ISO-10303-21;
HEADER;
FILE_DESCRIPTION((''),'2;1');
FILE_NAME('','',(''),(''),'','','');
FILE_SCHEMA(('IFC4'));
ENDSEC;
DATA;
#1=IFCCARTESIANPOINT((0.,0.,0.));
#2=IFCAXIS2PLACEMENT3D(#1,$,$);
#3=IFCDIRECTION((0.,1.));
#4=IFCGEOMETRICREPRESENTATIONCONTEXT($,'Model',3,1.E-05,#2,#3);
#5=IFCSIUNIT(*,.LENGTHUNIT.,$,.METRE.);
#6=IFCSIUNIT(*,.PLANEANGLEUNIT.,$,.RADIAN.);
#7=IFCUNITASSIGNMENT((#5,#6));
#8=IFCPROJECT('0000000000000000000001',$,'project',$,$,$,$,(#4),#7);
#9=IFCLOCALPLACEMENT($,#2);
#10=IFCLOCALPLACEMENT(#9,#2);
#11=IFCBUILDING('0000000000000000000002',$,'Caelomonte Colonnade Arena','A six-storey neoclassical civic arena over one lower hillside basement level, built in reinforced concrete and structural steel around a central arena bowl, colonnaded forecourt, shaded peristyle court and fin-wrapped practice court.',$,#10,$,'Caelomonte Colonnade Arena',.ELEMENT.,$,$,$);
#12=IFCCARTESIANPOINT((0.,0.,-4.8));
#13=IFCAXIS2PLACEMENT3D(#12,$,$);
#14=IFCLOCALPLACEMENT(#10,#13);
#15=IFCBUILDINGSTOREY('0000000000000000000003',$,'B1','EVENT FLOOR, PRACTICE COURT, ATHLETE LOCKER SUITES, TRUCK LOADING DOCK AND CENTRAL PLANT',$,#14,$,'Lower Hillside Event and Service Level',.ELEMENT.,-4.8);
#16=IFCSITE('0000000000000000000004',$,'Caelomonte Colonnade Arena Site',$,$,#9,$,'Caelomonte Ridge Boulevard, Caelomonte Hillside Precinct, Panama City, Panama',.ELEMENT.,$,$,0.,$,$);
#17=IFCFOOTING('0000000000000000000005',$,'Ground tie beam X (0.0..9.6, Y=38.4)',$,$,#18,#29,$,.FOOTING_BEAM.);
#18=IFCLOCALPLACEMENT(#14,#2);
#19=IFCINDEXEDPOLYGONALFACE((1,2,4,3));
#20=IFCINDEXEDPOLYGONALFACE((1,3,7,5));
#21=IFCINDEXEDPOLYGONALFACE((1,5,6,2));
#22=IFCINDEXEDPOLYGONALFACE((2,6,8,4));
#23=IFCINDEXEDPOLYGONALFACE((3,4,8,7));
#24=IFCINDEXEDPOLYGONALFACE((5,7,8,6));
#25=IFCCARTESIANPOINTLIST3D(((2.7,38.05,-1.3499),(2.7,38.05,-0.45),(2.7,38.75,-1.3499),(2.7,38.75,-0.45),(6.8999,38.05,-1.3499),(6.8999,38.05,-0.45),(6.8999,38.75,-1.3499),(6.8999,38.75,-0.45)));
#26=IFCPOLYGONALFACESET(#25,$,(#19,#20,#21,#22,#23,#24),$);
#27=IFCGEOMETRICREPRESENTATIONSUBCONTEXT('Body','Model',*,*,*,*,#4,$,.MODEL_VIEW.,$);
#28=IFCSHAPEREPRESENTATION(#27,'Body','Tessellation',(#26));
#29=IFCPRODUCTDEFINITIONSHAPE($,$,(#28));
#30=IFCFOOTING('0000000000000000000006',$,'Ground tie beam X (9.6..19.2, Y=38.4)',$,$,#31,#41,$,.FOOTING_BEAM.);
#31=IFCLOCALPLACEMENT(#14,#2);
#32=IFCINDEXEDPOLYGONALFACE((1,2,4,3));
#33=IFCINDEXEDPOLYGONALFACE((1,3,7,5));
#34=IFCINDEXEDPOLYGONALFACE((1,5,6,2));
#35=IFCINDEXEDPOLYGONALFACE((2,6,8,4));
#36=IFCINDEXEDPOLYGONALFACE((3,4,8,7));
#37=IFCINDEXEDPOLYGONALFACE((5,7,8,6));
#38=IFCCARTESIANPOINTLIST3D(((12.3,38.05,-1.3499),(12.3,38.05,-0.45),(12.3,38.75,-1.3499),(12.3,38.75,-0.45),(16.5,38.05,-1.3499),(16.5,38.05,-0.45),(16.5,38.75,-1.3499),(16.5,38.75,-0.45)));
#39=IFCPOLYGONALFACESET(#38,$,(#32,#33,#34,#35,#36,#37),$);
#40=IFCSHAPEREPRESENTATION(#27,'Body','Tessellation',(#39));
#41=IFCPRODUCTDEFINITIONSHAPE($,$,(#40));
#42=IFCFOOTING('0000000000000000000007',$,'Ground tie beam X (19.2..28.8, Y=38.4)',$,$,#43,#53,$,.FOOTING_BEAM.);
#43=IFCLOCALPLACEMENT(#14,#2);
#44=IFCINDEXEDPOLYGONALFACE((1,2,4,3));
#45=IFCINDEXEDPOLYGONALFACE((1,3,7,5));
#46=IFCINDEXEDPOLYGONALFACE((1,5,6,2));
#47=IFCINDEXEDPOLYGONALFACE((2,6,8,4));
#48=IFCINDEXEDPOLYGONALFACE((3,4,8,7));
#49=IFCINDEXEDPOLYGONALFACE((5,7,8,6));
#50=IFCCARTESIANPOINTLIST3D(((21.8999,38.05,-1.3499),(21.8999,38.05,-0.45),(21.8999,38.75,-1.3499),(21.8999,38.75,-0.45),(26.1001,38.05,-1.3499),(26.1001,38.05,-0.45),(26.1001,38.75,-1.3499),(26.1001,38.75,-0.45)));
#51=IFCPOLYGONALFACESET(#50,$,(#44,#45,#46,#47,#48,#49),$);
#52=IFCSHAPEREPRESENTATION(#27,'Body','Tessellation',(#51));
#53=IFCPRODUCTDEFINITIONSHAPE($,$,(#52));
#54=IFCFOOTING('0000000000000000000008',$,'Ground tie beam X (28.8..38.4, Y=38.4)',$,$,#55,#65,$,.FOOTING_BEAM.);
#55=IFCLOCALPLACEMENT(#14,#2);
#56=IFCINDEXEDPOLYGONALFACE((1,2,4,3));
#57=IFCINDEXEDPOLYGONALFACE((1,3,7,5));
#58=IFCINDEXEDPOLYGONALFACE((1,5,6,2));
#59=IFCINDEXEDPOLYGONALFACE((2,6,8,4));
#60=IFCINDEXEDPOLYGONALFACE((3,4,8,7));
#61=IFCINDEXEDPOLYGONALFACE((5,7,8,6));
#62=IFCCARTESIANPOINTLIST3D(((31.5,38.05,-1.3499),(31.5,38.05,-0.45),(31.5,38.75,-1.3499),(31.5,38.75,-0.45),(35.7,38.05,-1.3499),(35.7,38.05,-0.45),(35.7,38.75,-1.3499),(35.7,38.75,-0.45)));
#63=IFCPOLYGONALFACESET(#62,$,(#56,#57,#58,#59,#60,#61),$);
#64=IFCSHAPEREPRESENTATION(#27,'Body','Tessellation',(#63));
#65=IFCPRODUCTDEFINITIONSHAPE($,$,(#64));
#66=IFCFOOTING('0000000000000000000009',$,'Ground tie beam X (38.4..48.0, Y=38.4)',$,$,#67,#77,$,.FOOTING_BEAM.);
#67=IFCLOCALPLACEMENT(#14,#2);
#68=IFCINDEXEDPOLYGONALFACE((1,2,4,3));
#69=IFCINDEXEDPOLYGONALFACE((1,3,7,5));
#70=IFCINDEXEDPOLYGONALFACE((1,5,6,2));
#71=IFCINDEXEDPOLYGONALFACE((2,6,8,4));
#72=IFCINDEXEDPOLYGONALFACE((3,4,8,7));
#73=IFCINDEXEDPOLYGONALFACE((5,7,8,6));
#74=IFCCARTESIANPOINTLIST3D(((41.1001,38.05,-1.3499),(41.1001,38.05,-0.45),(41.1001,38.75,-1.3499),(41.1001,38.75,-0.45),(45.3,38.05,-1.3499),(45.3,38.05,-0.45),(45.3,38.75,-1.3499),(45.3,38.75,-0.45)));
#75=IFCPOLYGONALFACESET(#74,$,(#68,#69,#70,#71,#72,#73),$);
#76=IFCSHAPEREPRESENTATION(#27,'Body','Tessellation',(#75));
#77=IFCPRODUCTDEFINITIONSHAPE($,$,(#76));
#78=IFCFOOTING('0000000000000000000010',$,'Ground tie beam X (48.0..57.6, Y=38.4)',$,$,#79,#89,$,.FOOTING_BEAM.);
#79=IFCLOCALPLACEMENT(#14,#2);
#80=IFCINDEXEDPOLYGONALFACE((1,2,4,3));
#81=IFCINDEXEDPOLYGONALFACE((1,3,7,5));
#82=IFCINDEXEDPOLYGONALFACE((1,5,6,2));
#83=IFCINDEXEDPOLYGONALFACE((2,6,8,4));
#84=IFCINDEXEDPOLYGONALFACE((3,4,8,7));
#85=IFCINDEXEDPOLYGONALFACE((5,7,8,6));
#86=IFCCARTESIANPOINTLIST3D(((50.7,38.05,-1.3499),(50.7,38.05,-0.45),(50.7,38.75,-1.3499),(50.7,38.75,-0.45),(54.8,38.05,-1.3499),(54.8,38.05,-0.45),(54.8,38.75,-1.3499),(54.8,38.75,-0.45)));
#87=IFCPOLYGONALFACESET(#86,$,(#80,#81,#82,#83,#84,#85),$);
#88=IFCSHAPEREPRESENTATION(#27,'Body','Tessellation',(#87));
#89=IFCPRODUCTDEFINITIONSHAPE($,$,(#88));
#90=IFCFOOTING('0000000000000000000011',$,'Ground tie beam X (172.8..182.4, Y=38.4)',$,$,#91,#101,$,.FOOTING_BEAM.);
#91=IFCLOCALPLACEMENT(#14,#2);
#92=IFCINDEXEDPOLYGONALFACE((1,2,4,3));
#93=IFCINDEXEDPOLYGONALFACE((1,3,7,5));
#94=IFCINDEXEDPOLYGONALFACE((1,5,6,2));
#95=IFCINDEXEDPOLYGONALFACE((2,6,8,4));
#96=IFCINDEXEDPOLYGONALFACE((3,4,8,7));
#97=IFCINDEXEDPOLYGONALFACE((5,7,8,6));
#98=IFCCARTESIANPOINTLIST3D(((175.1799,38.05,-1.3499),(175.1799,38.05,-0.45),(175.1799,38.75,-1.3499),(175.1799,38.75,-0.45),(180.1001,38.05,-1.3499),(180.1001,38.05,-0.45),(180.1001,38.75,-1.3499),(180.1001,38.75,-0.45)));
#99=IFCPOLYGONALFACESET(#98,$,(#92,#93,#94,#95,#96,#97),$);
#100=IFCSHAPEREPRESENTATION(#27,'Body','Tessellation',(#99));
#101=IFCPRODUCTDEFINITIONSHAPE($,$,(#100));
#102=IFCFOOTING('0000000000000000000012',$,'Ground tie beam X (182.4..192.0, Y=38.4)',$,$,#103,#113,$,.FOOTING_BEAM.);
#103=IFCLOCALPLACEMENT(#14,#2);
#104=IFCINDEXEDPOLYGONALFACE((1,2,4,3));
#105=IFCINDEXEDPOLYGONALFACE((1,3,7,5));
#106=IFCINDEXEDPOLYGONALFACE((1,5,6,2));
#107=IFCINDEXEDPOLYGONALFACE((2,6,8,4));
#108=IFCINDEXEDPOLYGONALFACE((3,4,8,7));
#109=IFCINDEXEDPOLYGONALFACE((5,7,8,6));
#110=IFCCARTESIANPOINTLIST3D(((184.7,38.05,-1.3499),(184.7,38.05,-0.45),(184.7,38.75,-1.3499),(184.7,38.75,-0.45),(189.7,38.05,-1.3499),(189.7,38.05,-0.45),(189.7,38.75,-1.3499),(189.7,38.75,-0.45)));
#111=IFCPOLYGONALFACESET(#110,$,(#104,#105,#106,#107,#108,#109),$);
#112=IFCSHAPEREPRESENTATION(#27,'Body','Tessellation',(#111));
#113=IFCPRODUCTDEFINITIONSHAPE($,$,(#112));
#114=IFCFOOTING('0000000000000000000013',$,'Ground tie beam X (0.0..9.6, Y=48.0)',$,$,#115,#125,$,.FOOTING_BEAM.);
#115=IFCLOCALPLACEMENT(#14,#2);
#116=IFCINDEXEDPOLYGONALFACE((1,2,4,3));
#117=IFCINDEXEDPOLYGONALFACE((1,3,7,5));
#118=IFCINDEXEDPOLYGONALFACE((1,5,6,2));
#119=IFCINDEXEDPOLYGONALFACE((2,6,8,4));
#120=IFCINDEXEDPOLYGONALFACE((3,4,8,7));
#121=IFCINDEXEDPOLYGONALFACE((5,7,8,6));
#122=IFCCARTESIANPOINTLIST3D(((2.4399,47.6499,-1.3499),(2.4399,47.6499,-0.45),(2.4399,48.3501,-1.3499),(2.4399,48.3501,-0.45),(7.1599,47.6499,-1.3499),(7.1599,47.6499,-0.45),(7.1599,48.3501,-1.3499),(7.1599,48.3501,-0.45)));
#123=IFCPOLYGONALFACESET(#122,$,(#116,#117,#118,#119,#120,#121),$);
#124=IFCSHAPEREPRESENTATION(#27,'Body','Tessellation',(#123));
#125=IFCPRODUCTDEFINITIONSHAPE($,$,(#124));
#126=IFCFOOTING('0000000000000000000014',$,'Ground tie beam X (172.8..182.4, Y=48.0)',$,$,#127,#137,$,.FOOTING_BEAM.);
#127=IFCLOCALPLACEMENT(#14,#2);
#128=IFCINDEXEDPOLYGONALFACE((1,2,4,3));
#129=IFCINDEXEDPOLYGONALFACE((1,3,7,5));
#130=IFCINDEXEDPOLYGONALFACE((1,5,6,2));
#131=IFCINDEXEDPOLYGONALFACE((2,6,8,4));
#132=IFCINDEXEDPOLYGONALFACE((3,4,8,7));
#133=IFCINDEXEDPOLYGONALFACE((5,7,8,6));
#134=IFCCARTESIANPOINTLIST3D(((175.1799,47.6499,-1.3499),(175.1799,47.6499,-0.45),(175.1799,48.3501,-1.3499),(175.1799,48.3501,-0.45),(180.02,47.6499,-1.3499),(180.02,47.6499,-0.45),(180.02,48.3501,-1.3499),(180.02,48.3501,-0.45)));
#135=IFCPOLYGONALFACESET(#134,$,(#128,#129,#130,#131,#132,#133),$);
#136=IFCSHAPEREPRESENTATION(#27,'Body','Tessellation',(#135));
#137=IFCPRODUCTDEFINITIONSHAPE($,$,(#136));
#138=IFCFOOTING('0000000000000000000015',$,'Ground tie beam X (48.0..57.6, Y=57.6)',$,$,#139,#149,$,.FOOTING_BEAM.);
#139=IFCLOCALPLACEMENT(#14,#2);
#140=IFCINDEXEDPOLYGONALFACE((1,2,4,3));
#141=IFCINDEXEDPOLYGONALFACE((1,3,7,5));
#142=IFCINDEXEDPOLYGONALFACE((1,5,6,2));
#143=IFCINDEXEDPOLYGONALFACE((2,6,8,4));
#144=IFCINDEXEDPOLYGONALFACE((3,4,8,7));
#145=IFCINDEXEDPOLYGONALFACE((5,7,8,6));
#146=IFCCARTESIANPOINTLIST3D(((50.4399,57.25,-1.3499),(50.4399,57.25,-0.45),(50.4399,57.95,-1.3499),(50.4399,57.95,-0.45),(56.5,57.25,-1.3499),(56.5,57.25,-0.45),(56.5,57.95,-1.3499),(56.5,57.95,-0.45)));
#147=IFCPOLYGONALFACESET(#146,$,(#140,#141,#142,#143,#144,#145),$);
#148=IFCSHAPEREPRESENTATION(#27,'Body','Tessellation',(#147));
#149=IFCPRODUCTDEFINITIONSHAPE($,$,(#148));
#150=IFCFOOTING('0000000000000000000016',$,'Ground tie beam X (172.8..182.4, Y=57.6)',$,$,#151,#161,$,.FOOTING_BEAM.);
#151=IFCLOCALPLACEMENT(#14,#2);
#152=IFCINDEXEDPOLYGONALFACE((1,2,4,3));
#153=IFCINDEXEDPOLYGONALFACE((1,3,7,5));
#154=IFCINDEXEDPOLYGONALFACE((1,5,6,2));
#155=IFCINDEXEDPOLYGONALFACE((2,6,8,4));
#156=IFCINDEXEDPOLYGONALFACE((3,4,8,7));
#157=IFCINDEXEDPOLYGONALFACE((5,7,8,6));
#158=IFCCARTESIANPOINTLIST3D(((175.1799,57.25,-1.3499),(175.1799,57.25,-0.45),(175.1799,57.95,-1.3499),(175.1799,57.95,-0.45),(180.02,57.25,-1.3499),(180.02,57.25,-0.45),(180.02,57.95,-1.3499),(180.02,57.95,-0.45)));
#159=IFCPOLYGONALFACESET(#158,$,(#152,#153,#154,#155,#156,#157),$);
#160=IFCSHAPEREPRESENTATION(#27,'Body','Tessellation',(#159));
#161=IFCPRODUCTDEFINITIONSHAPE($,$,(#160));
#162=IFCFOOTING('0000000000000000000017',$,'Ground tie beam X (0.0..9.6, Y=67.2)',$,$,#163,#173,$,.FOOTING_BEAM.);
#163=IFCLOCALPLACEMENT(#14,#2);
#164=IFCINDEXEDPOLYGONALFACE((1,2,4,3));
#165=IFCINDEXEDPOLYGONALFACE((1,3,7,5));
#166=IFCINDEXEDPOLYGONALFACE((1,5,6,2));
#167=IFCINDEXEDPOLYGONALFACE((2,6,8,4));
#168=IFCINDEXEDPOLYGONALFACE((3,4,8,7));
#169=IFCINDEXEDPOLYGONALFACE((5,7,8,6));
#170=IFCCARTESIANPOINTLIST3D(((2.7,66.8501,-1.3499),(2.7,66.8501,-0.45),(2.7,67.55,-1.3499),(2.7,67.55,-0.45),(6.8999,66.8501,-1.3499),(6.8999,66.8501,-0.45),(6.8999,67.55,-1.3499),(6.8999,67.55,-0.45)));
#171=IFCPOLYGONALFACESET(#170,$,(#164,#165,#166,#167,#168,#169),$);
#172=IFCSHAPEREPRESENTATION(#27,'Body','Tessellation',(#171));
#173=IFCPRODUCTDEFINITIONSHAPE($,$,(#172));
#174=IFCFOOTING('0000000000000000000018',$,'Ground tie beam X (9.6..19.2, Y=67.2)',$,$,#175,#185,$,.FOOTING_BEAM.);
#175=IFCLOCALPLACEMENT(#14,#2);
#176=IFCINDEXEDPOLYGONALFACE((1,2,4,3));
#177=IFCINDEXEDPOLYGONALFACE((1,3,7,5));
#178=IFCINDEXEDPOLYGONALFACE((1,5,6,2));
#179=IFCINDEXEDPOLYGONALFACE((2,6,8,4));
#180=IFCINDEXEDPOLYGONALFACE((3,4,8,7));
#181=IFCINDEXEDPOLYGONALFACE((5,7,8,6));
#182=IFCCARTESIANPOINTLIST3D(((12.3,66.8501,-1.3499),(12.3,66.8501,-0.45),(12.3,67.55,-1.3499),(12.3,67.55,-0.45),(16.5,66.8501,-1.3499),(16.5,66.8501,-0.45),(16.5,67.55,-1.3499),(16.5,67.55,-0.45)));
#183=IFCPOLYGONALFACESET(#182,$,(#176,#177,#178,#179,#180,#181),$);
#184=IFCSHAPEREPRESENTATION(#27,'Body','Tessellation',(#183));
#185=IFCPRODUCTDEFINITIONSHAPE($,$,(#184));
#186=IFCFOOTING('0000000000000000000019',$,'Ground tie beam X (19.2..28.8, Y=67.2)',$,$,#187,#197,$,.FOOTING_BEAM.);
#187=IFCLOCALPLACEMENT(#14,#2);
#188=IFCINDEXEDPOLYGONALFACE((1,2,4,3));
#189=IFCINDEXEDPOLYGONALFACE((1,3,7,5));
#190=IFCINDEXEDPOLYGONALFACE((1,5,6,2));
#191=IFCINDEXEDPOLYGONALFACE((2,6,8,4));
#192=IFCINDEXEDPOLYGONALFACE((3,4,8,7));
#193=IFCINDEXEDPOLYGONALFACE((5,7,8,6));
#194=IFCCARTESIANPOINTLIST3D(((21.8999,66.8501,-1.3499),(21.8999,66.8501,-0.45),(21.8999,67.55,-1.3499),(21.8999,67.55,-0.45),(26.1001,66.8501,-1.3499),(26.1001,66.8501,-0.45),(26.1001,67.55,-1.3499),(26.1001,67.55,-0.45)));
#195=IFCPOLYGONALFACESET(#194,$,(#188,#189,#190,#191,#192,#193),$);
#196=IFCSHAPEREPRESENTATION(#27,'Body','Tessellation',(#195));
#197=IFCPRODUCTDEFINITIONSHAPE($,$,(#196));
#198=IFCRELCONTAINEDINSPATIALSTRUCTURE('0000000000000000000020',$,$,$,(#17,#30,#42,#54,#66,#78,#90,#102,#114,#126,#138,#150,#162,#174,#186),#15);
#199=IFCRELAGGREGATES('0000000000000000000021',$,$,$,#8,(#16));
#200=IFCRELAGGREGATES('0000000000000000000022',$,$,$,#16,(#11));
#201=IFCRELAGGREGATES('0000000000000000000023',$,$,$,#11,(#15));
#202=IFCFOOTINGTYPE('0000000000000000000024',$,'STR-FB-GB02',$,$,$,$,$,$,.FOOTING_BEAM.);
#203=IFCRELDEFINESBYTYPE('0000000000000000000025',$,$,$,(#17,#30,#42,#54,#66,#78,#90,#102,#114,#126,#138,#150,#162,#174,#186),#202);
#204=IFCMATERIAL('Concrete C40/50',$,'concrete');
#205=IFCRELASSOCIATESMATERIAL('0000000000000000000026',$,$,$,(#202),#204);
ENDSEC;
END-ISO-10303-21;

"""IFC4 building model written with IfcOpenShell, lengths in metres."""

from ifc_helpers import new_model, si_unit, direction, frame, origin, place, context, subcontext, project, spatial, polyline, outline, extrude, material, type_object, element, save


model = new_model("IFC4")

# Units and contexts
model_context = context("Model", 3, precision=1e-05, world=origin(), true_north=direction((0.0, 1.0)))
body_context = subcontext(model_context, "Body", "Model", "MODEL_VIEW")
ifc_project = project(units=[si_unit("LENGTHUNIT", "METRE"), si_unit("PLANEANGLEUNIT", "RADIAN")], contexts=[model_context])

# Site, building, storey
site_placement = place(None, origin())
site = spatial("IfcSite", under=ifc_project, at=site_placement, Name="Caelomonte Colonnade Arena Site", LongName="Caelomonte Ridge Boulevard, Caelomonte Hillside Precinct, Panama City, Panama", CompositionType="ELEMENT", RefElevation=0.0)
building_placement = place(site_placement, origin())
building = spatial("IfcBuilding", under=site, at=building_placement, Name="Caelomonte Colonnade Arena", Description="A six-storey neoclassical civic arena over one lower hillside basement level, built in reinforced concrete and structural steel around a central arena bowl, colonnaded forecourt, shaded peristyle court and fin-wrapped practice court.", LongName="Caelomonte Colonnade Arena", CompositionType="ELEMENT")
storey_placement = place(building_placement, frame((0.0, 0.0, -4.8)))
storey = spatial("IfcBuildingStorey", under=building, at=storey_placement, Name="B1", Description="EVENT FLOOR, PRACTICE COURT, ATHLETE LOCKER SUITES, TRUCK LOADING DOCK AND CENTRAL PLANT", LongName="Lower Hillside Event and Service Level", CompositionType="ELEMENT", Elevation=-4.8)

# Footings
ifc_material = material(Name="Concrete C40/50", Category="concrete")
footing_type = type_object("IfcFootingType", Name="STR-FB-GB02", PredefinedType="FOOTING_BEAM", material=ifc_material)
footing_1_placement = place(storey_placement, frame((0.0, 0.0, -1.3499)))
element("IfcFooting", 1, at=footing_1_placement, inside=storey, type_object=footing_type, Name="Ground tie beam X (0.0..9.6, Y=38.4)", PredefinedType="FOOTING_BEAM", context=body_context, shape_type="SweptSolid", body=[
    extrude(outline(polyline([(2.7, 38.05), (6.8999, 38.05), (6.8999, 38.75), (2.7, 38.75), (2.7, 38.05)])), origin(), (0.0, 0.0, 1.0), 0.8999),
])
footing_2_placement = place(storey_placement, frame((0.0, 0.0, -1.3499)))
element("IfcFooting", 2, at=footing_2_placement, inside=storey, type_object=footing_type, Name="Ground tie beam X (9.6..19.2, Y=38.4)", PredefinedType="FOOTING_BEAM", context=body_context, shape_type="SweptSolid", body=[
    extrude(outline(polyline([(12.3, 38.05), (16.5, 38.05), (16.5, 38.75), (12.3, 38.75), (12.3, 38.05)])), origin(), (0.0, 0.0, 1.0), 0.8999),
])
footing_3_placement = place(storey_placement, frame((0.0, 0.0, -1.3499)))
element("IfcFooting", 3, at=footing_3_placement, inside=storey, type_object=footing_type, Name="Ground tie beam X (19.2..28.8, Y=38.4)", PredefinedType="FOOTING_BEAM", context=body_context, shape_type="SweptSolid", body=[
    extrude(outline(polyline([(21.8999, 38.05), (26.1001, 38.05), (26.1001, 38.75), (21.8999, 38.75), (21.8999, 38.05)])), origin(), (0.0, 0.0, 1.0), 0.8999),
])
footing_4_placement = place(storey_placement, frame((0.0, 0.0, -1.3499)))
element("IfcFooting", 4, at=footing_4_placement, inside=storey, type_object=footing_type, Name="Ground tie beam X (28.8..38.4, Y=38.4)", PredefinedType="FOOTING_BEAM", context=body_context, shape_type="SweptSolid", body=[
    extrude(outline(polyline([(31.5, 38.05), (35.7, 38.05), (35.7, 38.75), (31.5, 38.75), (31.5, 38.05)])), origin(), (0.0, 0.0, 1.0), 0.8999),
])
footing_5_placement = place(storey_placement, frame((0.0, 0.0, -1.3499)))
element("IfcFooting", 5, at=footing_5_placement, inside=storey, type_object=footing_type, Name="Ground tie beam X (38.4..48.0, Y=38.4)", PredefinedType="FOOTING_BEAM", context=body_context, shape_type="SweptSolid", body=[
    extrude(outline(polyline([(41.1001, 38.05), (45.3, 38.05), (45.3, 38.75), (41.1001, 38.75), (41.1001, 38.05)])), origin(), (0.0, 0.0, 1.0), 0.8999),
])
footing_6_placement = place(storey_placement, frame((0.0, 0.0, -1.3499)))
element("IfcFooting", 6, at=footing_6_placement, inside=storey, type_object=footing_type, Name="Ground tie beam X (48.0..57.6, Y=38.4)", PredefinedType="FOOTING_BEAM", context=body_context, shape_type="SweptSolid", body=[
    extrude(outline(polyline([(50.7, 38.05), (54.8, 38.05), (54.8, 38.75), (50.7, 38.75), (50.7, 38.05)])), origin(), (0.0, 0.0, 1.0), 0.8999),
])
footing_7_placement = place(storey_placement, frame((0.0, 0.0, -1.3499)))
element("IfcFooting", 7, at=footing_7_placement, inside=storey, type_object=footing_type, Name="Ground tie beam X (172.8..182.4, Y=38.4)", PredefinedType="FOOTING_BEAM", context=body_context, shape_type="SweptSolid", body=[
    extrude(outline(polyline([(175.1799, 38.05), (180.1001, 38.05), (180.1001, 38.75), (175.1799, 38.75), (175.1799, 38.05)])), origin(), (0.0, 0.0, 1.0), 0.8999),
])
footing_8_placement = place(storey_placement, frame((0.0, 0.0, -1.3499)))
element("IfcFooting", 8, at=footing_8_placement, inside=storey, type_object=footing_type, Name="Ground tie beam X (182.4..192.0, Y=38.4)", PredefinedType="FOOTING_BEAM", context=body_context, shape_type="SweptSolid", body=[
    extrude(outline(polyline([(184.7, 38.05), (189.7, 38.05), (189.7, 38.75), (184.7, 38.75), (184.7, 38.05)])), origin(), (0.0, 0.0, 1.0), 0.8999),
])
footing_9_placement = place(storey_placement, frame((0.0, 0.0, -1.3499)))
element("IfcFooting", 9, at=footing_9_placement, inside=storey, type_object=footing_type, Name="Ground tie beam X (0.0..9.6, Y=48.0)", PredefinedType="FOOTING_BEAM", context=body_context, shape_type="SweptSolid", body=[
    extrude(outline(polyline([(2.4399, 47.6499), (7.1599, 47.6499), (7.1599, 48.3501), (2.4399, 48.3501), (2.4399, 47.6499)])), origin(), (0.0, 0.0, 1.0), 0.8999),
])
footing_10_placement = place(storey_placement, frame((0.0, 0.0, -1.3499)))
element("IfcFooting", 10, at=footing_10_placement, inside=storey, type_object=footing_type, Name="Ground tie beam X (172.8..182.4, Y=48.0)", PredefinedType="FOOTING_BEAM", context=body_context, shape_type="SweptSolid", body=[
    extrude(outline(polyline([(175.1799, 47.6499), (180.02, 47.6499), (180.02, 48.3501), (175.1799, 48.3501), (175.1799, 47.6499)])), origin(), (0.0, 0.0, 1.0), 0.8999),
])
footing_11_placement = place(storey_placement, frame((0.0, 0.0, -1.3499)))
element("IfcFooting", 11, at=footing_11_placement, inside=storey, type_object=footing_type, Name="Ground tie beam X (48.0..57.6, Y=57.6)", PredefinedType="FOOTING_BEAM", context=body_context, shape_type="SweptSolid", body=[
    extrude(outline(polyline([(50.4399, 57.25), (56.5, 57.25), (56.5, 57.95), (50.4399, 57.95), (50.4399, 57.25)])), origin(), (0.0, 0.0, 1.0), 0.8999),
])
footing_12_placement = place(storey_placement, frame((0.0, 0.0, -1.3499)))
element("IfcFooting", 12, at=footing_12_placement, inside=storey, type_object=footing_type, Name="Ground tie beam X (172.8..182.4, Y=57.6)", PredefinedType="FOOTING_BEAM", context=body_context, shape_type="SweptSolid", body=[
    extrude(outline(polyline([(175.1799, 57.25), (180.02, 57.25), (180.02, 57.95), (175.1799, 57.95), (175.1799, 57.25)])), origin(), (0.0, 0.0, 1.0), 0.8999),
])
footing_13_placement = place(storey_placement, frame((0.0, 0.0, -1.3499)))
element("IfcFooting", 13, at=footing_13_placement, inside=storey, type_object=footing_type, Name="Ground tie beam X (0.0..9.6, Y=67.2)", PredefinedType="FOOTING_BEAM", context=body_context, shape_type="SweptSolid", body=[
    extrude(outline(polyline([(2.7, 66.8501), (6.8999, 66.8501), (6.8999, 67.55), (2.7, 67.55), (2.7, 66.8501)])), origin(), (0.0, 0.0, 1.0), 0.8999),
])
footing_14_placement = place(storey_placement, frame((0.0, 0.0, -1.3499)))
element("IfcFooting", 14, at=footing_14_placement, inside=storey, type_object=footing_type, Name="Ground tie beam X (9.6..19.2, Y=67.2)", PredefinedType="FOOTING_BEAM", context=body_context, shape_type="SweptSolid", body=[
    extrude(outline(polyline([(12.3, 66.8501), (16.5, 66.8501), (16.5, 67.55), (12.3, 67.55), (12.3, 66.8501)])), origin(), (0.0, 0.0, 1.0), 0.8999),
])
footing_15_placement = place(storey_placement, frame((0.0, 0.0, -1.3499)))
element("IfcFooting", 15, at=footing_15_placement, inside=storey, type_object=footing_type, Name="Ground tie beam X (19.2..28.8, Y=67.2)", PredefinedType="FOOTING_BEAM", context=body_context, shape_type="SweptSolid", body=[
    extrude(outline(polyline([(21.8999, 66.8501), (26.1001, 66.8501), (26.1001, 67.55), (21.8999, 67.55), (21.8999, 66.8501)])), origin(), (0.0, 0.0, 1.0), 0.8999),
])

save(model, "model.ifc")
